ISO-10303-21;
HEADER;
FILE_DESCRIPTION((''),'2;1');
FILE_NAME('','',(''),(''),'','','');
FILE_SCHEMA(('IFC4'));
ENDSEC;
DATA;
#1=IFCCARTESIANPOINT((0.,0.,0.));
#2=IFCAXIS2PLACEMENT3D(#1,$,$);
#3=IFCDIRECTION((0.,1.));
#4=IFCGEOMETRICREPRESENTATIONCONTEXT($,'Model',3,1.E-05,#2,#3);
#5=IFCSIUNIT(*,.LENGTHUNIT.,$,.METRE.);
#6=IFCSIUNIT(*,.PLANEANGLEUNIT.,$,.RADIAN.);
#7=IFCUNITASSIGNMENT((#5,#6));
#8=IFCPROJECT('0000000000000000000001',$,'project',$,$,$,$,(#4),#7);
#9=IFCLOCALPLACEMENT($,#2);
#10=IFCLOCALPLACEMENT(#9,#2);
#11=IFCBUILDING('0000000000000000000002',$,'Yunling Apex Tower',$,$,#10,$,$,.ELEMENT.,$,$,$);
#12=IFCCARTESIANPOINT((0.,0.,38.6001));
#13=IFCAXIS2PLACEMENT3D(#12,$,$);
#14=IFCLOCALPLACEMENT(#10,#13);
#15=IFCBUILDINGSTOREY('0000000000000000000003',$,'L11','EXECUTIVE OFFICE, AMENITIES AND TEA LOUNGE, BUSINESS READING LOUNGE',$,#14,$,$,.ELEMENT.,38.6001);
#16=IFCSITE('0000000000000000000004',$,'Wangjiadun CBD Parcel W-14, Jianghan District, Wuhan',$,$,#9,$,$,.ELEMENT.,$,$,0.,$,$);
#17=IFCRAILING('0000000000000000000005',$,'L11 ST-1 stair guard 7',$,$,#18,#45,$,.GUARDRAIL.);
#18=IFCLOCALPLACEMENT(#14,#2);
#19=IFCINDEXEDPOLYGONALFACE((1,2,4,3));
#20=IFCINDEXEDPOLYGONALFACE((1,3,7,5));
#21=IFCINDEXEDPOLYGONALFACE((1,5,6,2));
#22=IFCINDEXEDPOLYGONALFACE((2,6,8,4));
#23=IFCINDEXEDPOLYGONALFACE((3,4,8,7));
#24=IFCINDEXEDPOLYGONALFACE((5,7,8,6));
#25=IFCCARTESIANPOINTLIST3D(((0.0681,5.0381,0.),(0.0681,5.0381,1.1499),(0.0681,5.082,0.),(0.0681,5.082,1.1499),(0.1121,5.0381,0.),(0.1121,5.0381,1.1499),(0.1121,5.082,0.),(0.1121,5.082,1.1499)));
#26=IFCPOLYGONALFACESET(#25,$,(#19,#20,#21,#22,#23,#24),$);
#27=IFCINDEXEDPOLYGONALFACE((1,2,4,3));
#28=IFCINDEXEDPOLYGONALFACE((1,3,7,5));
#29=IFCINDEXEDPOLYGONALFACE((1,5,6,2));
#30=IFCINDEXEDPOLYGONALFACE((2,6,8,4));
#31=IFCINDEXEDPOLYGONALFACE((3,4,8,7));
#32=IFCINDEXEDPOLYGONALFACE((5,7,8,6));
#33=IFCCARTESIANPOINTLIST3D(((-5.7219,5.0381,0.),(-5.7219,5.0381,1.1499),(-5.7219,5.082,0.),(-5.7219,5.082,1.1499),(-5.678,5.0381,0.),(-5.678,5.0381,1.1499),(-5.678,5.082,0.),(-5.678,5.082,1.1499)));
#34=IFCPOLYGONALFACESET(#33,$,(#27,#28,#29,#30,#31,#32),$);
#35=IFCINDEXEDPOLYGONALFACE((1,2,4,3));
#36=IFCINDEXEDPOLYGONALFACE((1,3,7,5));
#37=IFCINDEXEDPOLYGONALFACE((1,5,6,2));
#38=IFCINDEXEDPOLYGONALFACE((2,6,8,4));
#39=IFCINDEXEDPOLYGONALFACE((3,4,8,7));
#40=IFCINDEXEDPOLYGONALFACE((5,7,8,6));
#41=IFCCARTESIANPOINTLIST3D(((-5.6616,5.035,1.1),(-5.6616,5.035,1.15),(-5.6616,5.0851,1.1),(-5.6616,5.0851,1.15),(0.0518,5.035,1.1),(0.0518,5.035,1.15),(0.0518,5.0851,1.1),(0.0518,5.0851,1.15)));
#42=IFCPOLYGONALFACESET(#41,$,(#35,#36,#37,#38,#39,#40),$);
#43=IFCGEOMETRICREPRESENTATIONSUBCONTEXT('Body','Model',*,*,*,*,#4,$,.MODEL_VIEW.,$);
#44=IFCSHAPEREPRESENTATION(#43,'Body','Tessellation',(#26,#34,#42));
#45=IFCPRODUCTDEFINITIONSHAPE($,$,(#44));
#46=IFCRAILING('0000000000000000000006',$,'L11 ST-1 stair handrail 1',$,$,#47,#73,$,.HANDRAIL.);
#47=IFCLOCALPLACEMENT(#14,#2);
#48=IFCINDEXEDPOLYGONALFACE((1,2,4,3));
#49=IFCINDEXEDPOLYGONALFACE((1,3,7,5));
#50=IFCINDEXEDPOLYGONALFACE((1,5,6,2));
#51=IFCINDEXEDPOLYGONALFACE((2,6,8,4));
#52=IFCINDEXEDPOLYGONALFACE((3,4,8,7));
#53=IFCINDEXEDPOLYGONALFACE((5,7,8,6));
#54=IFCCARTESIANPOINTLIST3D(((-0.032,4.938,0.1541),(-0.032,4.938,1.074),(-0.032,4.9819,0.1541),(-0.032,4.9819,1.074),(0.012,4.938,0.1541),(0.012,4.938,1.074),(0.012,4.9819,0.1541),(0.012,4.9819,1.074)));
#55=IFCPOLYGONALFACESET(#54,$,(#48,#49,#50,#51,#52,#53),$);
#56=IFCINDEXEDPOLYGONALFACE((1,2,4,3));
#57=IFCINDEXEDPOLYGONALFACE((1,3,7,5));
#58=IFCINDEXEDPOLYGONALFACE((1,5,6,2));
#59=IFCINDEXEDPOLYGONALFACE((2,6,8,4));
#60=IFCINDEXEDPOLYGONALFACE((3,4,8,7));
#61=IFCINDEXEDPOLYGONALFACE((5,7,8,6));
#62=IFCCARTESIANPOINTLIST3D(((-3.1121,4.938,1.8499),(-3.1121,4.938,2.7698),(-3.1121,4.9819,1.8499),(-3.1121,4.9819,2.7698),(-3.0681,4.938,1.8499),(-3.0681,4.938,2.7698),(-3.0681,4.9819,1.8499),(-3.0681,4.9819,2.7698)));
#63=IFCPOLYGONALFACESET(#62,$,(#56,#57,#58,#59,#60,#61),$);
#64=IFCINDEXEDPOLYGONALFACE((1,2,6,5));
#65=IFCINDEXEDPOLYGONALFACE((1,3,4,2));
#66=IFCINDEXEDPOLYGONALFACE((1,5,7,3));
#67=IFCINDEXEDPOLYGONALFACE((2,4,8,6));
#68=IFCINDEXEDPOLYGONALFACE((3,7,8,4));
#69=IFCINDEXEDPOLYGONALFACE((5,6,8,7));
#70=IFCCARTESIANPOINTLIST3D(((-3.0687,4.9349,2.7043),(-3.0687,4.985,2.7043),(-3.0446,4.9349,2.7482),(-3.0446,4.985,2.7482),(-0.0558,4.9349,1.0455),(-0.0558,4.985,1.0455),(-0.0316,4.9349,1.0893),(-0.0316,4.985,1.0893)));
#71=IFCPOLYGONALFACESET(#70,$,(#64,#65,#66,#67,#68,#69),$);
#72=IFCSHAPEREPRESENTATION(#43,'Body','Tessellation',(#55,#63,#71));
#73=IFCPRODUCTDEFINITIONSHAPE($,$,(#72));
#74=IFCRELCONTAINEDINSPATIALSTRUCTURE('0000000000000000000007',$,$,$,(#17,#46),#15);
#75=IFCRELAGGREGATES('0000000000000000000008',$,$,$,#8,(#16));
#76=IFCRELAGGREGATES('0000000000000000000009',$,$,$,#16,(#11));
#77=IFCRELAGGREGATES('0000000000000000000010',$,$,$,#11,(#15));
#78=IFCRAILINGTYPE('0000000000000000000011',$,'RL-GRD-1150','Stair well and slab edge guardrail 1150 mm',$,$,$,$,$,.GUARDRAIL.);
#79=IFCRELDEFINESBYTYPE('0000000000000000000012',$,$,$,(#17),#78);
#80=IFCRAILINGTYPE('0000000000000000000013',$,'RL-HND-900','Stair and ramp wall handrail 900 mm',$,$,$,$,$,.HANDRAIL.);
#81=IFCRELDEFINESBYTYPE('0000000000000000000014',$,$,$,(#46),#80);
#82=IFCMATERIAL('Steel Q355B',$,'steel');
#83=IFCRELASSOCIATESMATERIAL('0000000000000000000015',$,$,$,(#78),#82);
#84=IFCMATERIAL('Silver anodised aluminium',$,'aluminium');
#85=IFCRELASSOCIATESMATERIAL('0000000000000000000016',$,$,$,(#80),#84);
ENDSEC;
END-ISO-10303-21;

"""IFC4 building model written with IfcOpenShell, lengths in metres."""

from ifc_helpers import new_model, si_unit, direction, frame, origin, origin_2d, place, context, subcontext, project, spatial, rectangle, extrude, material, type_object, element, save


model = new_model("IFC4")

# Units and contexts
model_context = context("Model", 3, precision=1e-05, world=origin(), true_north=direction((0.0, 1.0)))
body_context = subcontext(model_context, "Body", "Model", "MODEL_VIEW")
ifc_project = project(units=[si_unit("LENGTHUNIT", "METRE"), si_unit("PLANEANGLEUNIT", "RADIAN")], contexts=[model_context])

# Site, building, storey
site_placement = place(None, origin())
site = spatial("IfcSite", under=ifc_project, at=site_placement, Name="Wangjiadun CBD Parcel W-14, Jianghan District, Wuhan", CompositionType="ELEMENT", RefElevation=0.0)
building_placement = place(site_placement, origin())
building = spatial("IfcBuilding", under=site, at=building_placement, Name="Yunling Apex Tower", CompositionType="ELEMENT")
storey_placement = place(building_placement, frame((0.0, 0.0, 38.6001)))
storey = spatial("IfcBuildingStorey", under=building, at=storey_placement, Name="L11", Description="EXECUTIVE OFFICE, AMENITIES AND TEA LOUNGE, BUSINESS READING LOUNGE", CompositionType="ELEMENT", Elevation=38.6001)

# Shared definitions
ifc_material_1 = material(Name="Steel Q355B", Category="steel")

# Railings
railing_type_1 = type_object("IfcRailingType", Name="RL-GRD-1150", Description="Stair well and slab edge guardrail 1150 mm", PredefinedType="GUARDRAIL", material=ifc_material_1)
railing_1_placement = place(storey_placement, frame((0.0901, 5.0601, 0.0)))
element("IfcRailing", 1, at=railing_1_placement, inside=storey, type_object=railing_type_1, Name="L11 ST-1 stair guard 7", PredefinedType="GUARDRAIL", context=body_context, shape_type="SweptSolid", body=[
    extrude(rectangle(XDim=0.0439, YDim=0.0439, at=origin_2d()), origin(), (0.0, 0.0, 1.0), 1.1499),
    extrude(rectangle(XDim=0.0439, YDim=0.0439, at=origin_2d()), frame((-5.79, 0.0, 0.0)), (0.0, 0.0, 1.0), 1.1499),
    extrude(rectangle(XDim=0.05, YDim=0.05, at=origin_2d()), frame((-0.0383, 0.0, 1.125), z_axis=(-1.0, 0.0, 0.0), x_axis=(0.0, -1.0, 0.0)), (0.0, 0.0, 1.0), 5.7134),
])
ifc_material_2 = material(Name="Silver anodised aluminium", Category="aluminium")
railing_type_2 = type_object("IfcRailingType", Name="RL-HND-900", Description="Stair and ramp wall handrail 900 mm", PredefinedType="HANDRAIL", material=ifc_material_2)
railing_2_placement = place(storey_placement, frame((-0.01, 4.96, 0.1541)))
element("IfcRailing", 2, at=railing_2_placement, inside=storey, type_object=railing_type_2, Name="L11 ST-1 stair handrail 1", PredefinedType="HANDRAIL", context=body_context, shape_type="SweptSolid", body=[
    extrude(rectangle(XDim=0.0439, YDim=0.0439, at=origin_2d()), origin(), (0.0, 0.0, 1.0), 0.9199),
    extrude(rectangle(XDim=0.0439, YDim=0.0439, at=origin_2d()), frame((-3.0801, 0.0, 1.6958)), (0.0, 0.0, 1.0), 0.9199),
    extrude(rectangle(XDim=0.05, YDim=0.05, at=origin_2d()), frame((-0.0337, 0.0, 0.9133), z_axis=(-0.876005, 0.0, 0.482303), x_axis=(0.0, -1.0, 0.0)), (0.0, 0.0, 1.0), 3.4395),
])

save(model, "model.ifc")
